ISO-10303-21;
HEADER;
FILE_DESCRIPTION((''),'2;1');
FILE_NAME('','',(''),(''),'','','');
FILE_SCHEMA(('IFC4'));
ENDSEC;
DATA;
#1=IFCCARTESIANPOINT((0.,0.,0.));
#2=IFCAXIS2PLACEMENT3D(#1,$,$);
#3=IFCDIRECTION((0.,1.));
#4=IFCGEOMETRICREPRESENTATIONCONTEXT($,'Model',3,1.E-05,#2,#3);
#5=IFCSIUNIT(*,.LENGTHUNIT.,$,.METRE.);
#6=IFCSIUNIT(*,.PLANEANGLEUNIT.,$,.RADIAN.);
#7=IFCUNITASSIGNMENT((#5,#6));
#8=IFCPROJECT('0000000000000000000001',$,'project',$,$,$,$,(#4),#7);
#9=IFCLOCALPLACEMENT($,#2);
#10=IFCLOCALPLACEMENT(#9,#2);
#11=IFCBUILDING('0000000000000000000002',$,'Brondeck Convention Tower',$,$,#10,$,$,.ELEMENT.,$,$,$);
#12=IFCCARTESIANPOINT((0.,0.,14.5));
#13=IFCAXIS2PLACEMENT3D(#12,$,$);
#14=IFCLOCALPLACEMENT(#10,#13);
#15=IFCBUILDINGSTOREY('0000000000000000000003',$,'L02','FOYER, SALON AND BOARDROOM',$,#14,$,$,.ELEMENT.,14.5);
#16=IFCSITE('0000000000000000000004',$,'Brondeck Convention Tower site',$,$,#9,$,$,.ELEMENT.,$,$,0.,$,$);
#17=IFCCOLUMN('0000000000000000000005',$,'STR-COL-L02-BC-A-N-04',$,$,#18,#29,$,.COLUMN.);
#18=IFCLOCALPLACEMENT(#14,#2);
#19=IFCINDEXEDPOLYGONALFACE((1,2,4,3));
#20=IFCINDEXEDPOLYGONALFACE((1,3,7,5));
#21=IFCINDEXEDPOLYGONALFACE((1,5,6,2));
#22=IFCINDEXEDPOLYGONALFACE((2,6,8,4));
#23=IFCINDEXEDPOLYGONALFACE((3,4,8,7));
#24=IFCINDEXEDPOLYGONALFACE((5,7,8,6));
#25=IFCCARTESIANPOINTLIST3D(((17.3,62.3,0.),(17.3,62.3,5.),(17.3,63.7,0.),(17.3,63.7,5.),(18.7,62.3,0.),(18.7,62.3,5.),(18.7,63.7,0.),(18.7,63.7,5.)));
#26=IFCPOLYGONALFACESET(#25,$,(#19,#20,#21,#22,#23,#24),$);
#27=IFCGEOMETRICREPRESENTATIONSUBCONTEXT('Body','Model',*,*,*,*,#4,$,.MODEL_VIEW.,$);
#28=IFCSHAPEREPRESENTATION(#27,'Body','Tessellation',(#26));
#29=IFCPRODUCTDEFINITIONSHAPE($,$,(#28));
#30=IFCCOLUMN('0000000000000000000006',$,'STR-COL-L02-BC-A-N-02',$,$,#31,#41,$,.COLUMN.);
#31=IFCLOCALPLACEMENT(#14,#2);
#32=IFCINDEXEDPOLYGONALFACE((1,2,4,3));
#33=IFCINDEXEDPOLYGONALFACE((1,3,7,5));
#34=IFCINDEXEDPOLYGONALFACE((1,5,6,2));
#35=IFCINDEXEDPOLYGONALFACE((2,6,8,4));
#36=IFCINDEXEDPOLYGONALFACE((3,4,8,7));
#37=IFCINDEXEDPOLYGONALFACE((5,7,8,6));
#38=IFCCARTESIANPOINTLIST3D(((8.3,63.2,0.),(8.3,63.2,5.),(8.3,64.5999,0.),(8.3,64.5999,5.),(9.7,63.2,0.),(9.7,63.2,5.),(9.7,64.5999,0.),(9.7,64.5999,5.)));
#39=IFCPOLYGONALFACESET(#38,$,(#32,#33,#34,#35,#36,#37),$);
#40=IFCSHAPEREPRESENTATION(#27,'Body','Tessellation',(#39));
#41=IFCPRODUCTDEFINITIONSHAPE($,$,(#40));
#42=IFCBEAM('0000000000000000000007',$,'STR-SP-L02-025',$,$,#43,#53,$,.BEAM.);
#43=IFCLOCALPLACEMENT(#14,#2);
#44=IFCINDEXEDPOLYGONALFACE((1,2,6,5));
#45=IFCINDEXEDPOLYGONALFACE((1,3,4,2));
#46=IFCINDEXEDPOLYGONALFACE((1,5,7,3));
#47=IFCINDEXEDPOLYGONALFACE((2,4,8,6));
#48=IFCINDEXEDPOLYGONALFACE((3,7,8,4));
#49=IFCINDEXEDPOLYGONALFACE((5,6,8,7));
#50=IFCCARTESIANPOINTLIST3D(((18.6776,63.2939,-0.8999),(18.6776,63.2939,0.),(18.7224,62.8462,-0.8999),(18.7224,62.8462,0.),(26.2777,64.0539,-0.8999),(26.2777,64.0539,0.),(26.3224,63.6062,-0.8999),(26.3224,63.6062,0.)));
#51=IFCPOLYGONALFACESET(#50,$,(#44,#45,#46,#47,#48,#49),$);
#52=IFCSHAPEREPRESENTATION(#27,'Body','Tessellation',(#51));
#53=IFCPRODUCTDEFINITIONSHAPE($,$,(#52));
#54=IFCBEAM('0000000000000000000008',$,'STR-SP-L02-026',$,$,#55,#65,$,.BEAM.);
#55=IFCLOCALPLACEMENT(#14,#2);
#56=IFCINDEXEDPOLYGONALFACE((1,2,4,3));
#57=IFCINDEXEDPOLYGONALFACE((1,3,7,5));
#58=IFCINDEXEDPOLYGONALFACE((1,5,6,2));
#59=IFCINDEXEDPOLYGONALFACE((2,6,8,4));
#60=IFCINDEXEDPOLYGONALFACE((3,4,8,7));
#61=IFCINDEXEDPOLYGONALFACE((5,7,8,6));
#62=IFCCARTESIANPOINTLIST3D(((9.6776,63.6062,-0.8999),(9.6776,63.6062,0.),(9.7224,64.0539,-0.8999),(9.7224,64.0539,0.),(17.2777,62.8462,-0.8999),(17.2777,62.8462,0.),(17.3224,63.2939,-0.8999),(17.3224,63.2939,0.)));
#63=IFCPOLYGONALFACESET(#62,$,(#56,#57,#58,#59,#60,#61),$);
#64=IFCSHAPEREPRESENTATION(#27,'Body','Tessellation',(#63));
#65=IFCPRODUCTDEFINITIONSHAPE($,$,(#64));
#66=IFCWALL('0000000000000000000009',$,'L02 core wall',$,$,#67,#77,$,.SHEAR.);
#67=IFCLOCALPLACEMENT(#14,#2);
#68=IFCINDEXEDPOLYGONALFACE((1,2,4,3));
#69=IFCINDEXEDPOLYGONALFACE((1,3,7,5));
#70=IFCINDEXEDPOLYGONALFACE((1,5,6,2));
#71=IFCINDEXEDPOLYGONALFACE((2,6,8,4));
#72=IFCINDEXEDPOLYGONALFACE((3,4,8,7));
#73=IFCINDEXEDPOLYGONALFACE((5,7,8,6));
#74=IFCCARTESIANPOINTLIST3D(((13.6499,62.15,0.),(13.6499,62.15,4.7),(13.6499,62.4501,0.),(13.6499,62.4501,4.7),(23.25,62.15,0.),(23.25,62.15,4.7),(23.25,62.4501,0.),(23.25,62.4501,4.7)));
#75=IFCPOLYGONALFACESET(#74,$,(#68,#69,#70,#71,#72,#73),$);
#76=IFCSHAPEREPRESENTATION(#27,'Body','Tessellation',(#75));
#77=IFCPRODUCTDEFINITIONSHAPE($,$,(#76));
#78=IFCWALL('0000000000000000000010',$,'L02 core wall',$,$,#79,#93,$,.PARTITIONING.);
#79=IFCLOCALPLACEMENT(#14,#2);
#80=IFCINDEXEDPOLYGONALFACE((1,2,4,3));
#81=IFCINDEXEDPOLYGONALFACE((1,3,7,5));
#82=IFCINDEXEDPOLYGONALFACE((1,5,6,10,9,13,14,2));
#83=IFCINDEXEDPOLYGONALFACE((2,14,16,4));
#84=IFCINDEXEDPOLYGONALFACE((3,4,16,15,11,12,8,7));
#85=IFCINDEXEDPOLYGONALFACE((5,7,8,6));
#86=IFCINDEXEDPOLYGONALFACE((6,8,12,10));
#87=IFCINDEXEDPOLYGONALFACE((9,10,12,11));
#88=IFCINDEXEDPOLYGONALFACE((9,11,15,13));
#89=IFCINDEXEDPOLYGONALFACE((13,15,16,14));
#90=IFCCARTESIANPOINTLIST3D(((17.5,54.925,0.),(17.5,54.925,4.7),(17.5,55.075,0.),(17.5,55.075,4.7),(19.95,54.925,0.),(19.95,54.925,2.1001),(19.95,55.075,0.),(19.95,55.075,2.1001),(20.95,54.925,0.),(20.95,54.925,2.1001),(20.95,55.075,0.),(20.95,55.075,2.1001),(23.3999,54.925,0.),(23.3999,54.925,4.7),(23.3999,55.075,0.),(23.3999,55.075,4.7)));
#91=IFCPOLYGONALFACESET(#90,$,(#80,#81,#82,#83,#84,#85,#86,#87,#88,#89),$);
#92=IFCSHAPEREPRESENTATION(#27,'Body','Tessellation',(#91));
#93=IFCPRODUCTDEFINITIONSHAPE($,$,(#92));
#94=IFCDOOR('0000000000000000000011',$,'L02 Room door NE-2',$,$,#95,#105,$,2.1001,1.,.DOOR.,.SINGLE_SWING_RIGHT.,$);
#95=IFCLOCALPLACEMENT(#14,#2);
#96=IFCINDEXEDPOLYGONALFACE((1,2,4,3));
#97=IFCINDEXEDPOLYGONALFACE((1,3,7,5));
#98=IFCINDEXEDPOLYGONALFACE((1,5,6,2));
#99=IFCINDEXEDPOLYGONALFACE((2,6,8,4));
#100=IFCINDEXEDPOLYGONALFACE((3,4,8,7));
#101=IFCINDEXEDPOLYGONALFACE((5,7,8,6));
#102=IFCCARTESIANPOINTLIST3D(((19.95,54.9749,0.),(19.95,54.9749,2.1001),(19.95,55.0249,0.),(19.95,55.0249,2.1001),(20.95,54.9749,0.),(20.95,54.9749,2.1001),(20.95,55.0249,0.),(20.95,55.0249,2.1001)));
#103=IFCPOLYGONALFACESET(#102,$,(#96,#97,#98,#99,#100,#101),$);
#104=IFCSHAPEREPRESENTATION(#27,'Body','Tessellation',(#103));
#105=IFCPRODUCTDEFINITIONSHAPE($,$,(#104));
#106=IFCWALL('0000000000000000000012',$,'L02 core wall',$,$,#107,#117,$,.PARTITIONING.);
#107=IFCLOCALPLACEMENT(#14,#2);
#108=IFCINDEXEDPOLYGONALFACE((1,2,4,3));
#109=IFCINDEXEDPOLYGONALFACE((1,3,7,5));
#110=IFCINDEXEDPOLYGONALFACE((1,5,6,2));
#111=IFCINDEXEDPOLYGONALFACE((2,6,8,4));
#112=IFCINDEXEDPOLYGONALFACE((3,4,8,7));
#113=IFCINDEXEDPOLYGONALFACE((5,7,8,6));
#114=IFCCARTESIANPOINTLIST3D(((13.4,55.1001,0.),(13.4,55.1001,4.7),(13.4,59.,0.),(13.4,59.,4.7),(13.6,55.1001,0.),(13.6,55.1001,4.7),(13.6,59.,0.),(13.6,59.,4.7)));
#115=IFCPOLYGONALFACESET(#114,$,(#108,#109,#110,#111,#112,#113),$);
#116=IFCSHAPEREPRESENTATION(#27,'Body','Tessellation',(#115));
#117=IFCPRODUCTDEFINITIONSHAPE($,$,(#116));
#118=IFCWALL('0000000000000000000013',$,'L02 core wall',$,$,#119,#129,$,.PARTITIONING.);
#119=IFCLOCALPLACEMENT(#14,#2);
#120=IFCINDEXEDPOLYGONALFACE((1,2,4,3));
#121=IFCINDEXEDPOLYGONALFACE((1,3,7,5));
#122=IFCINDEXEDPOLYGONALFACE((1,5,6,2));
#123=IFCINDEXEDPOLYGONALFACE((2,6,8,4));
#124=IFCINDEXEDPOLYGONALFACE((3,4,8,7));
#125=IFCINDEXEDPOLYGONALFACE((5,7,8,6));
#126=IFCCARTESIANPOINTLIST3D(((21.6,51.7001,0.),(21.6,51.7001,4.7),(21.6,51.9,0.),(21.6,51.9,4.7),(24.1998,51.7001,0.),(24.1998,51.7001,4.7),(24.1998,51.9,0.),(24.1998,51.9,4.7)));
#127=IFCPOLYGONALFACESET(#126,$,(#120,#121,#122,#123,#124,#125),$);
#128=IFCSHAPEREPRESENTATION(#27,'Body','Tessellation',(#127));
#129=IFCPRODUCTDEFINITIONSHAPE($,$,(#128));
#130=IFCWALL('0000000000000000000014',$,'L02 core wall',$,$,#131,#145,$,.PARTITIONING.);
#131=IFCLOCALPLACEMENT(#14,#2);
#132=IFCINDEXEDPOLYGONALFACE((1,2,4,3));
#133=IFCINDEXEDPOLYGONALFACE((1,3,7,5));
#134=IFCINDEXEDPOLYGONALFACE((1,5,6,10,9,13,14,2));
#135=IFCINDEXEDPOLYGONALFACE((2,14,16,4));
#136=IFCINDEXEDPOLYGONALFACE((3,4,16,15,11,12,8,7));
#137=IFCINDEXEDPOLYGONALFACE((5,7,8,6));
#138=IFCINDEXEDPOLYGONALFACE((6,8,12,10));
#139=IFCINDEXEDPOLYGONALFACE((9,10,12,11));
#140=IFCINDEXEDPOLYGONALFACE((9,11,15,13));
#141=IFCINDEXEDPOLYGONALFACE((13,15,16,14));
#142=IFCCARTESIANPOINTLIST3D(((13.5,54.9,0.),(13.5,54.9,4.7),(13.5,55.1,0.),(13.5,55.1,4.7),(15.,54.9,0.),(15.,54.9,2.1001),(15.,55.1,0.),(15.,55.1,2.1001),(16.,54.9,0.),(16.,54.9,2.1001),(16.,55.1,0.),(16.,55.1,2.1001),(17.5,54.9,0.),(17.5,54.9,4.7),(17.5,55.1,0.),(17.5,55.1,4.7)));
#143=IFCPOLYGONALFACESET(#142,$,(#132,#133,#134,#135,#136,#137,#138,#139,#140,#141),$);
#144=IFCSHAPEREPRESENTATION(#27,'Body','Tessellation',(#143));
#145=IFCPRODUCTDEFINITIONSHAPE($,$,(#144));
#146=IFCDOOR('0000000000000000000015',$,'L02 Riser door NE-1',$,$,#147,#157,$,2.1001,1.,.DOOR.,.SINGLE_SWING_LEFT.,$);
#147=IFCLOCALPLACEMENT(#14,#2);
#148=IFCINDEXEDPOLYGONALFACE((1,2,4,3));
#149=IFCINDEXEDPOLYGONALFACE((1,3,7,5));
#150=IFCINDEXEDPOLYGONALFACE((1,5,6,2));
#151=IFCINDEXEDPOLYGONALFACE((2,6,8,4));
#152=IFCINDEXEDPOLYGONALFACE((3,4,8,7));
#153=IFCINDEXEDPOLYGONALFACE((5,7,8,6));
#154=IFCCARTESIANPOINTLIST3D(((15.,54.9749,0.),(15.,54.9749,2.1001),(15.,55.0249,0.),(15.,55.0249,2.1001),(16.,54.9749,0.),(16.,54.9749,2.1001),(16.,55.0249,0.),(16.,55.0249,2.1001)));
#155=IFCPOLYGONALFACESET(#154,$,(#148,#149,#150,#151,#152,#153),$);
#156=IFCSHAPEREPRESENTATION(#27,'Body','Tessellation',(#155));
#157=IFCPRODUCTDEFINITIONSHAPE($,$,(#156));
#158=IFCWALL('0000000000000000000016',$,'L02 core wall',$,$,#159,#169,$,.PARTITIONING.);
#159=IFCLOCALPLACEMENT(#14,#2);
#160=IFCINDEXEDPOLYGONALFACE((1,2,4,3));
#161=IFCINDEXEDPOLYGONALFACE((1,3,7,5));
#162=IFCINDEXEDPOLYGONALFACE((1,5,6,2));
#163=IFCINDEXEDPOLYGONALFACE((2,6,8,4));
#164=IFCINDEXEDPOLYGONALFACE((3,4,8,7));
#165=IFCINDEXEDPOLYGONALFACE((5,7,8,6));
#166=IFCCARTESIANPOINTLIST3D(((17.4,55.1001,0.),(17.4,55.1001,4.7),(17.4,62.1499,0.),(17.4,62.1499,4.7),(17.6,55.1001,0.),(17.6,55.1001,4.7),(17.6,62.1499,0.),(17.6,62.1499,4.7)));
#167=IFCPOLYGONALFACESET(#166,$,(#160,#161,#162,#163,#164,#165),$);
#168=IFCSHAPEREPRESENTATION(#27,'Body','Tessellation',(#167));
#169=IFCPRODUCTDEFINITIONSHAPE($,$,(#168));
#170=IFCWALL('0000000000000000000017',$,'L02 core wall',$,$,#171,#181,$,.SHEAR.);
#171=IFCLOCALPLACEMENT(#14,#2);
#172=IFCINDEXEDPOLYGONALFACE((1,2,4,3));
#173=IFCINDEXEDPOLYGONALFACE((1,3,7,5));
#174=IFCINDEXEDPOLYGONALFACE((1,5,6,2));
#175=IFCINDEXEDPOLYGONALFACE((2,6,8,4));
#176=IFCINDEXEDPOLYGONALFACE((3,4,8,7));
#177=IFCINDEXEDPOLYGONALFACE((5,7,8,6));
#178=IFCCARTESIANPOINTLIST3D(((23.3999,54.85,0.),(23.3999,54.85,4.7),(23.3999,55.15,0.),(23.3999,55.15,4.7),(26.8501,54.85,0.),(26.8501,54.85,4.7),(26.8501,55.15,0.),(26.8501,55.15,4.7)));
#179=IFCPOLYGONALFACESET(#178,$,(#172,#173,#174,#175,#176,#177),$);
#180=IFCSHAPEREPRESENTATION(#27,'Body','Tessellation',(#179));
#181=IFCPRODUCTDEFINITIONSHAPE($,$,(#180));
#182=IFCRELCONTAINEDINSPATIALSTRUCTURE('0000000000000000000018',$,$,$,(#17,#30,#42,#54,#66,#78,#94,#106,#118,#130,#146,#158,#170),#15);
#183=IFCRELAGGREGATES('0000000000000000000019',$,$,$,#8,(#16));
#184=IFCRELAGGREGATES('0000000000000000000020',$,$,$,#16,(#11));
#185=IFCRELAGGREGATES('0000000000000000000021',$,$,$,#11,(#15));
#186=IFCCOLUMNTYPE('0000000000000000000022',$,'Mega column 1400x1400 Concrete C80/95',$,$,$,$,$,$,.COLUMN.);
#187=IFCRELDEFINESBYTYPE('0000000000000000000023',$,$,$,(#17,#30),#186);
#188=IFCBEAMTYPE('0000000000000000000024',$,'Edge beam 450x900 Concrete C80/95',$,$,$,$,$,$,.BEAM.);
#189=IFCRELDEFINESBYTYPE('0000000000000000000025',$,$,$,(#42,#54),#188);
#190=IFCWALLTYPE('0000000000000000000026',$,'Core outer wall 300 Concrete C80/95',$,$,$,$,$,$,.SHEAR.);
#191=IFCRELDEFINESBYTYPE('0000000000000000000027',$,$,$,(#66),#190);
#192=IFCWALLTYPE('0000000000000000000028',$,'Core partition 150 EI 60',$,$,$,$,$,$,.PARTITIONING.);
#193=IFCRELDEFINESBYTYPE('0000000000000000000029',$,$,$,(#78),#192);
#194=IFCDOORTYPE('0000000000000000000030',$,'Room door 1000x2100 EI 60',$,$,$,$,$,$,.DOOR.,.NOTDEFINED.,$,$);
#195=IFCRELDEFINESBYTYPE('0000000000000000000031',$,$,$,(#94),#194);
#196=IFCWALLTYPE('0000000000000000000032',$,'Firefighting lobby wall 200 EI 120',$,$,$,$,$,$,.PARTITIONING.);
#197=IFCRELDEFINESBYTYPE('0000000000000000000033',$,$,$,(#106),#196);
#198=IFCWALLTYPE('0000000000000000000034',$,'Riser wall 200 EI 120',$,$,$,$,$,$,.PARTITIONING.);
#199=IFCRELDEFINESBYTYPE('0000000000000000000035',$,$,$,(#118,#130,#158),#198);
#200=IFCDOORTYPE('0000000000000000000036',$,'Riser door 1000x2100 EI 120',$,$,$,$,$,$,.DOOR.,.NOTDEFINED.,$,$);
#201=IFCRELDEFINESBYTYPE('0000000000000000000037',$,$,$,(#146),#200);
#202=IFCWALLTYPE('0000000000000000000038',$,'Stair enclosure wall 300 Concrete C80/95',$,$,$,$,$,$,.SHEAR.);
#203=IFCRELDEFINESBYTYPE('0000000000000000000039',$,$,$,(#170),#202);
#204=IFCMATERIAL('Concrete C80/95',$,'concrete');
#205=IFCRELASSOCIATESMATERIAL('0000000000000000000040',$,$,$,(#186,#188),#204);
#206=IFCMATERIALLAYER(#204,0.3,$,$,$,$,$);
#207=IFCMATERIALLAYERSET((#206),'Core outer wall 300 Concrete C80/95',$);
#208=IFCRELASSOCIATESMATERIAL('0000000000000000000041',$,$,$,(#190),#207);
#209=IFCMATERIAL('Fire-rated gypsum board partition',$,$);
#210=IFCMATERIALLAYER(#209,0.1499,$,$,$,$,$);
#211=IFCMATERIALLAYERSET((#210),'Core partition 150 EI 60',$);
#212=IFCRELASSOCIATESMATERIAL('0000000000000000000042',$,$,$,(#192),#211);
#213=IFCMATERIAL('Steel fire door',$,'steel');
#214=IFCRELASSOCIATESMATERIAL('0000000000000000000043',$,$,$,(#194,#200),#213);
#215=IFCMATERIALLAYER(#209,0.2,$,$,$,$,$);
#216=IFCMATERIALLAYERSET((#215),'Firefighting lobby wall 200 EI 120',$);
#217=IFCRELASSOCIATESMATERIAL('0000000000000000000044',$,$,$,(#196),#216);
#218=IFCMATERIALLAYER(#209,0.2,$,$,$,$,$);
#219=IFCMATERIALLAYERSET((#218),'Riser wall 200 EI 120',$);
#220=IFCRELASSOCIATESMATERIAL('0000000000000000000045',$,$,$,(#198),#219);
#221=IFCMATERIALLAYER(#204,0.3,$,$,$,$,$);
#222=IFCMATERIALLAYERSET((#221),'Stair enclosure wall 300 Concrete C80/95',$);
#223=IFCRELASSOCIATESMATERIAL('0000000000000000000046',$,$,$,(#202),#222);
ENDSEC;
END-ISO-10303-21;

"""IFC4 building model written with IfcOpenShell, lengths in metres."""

from ifc_helpers import new_model, si_unit, direction, frame, frame_2d, origin, origin_2d, place, context, subcontext, project, spatial, rectangle, extrude, material, layer, layer_set, material_profile, profile_set, type_object, element, fill, save


model = new_model("IFC4")

# Units and contexts
model_context = context("Model", 3, precision=1e-05, world=origin(), true_north=direction((0.0, 1.0)))
body_context = subcontext(model_context, "Body", "Model", "MODEL_VIEW")
ifc_project = project(units=[si_unit("LENGTHUNIT", "METRE"), si_unit("PLANEANGLEUNIT", "RADIAN")], contexts=[model_context])

# Site, building, storey
site_placement = place(None, origin())
site = spatial("IfcSite", under=ifc_project, at=site_placement, Name="Brondeck Convention Tower site", CompositionType="ELEMENT", RefElevation=0.0)
building_placement = place(site_placement, origin())
building = spatial("IfcBuilding", under=site, at=building_placement, Name="Brondeck Convention Tower", CompositionType="ELEMENT")
storey_placement = place(building_placement, frame((0.0, 0.0, 14.5)))
storey = spatial("IfcBuildingStorey", under=building, at=storey_placement, Name="L02", Description="FOYER, SALON AND BOARDROOM", CompositionType="ELEMENT", Elevation=14.5)

# Columns
ifc_material_1 = material(Name="Concrete C80/95", Category="concrete")
ifc_material_profile_1 = material_profile(ifc_material_1, rectangle(XDim=1.3999, YDim=1.3999, at=origin_2d()), Name="Mega column 1400x1400 Concrete C80/95")
ifc_profile_set_1 = profile_set([ifc_material_profile_1], Name="Concrete C80/95")
column_type = type_object("IfcColumnType", Name="Mega column 1400x1400 Concrete C80/95", PredefinedType="COLUMN", material=ifc_profile_set_1)
for number, where, z_axis, x_axis, name in (
    (1, (18.0, 63.0, 0.0), (0.0, 0.0, 1.0), (1.0, 0.0, 0.0), "STR-COL-L02-BC-A-N-04"),
    (2, (9.0, 63.8999, 0.0), (0.0, 0.0, 1.0), (1.0, 0.0, 0.0), "STR-COL-L02-BC-A-N-02"),
):
    element("IfcColumn", number, at=place(storey_placement, frame(where, z_axis=z_axis, x_axis=x_axis)), inside=storey, type_object=column_type, Name=name, PredefinedType="COLUMN", context=body_context, shape_type="SweptSolid", body=[
        extrude(rectangle(XDim=1.3999, YDim=1.3999, at=origin_2d()), origin(), (0.0, 0.0, 1.0), 5.0),
    ])

# Beams
ifc_material_profile_2 = material_profile(ifc_material_1, rectangle(XDim=0.45, YDim=0.8999, at=origin_2d()), Name="Edge beam 450x900 Concrete C80/95")
ifc_profile_set_2 = profile_set([ifc_material_profile_2], Name="Concrete C80/95")
beam_type = type_object("IfcBeamType", Name="Edge beam 450x900 Concrete C80/95", PredefinedType="BEAM", material=ifc_profile_set_2)
for number, where, z_axis, x_axis, name in (
    (3, (26.3, 63.8301, -0.45), (-0.995037, -0.099504, 0.0), (0.099504, -0.995037, 0.0), "STR-SP-L02-025"),
    (4, (17.3, 63.0701, -0.45), (-0.995037, 0.099504, 0.0), (-0.099504, -0.995037, 0.0), "STR-SP-L02-026"),
):
    element("IfcBeam", number, at=place(storey_placement, frame(where, z_axis=z_axis, x_axis=x_axis)), inside=storey, type_object=beam_type, Name=name, PredefinedType="BEAM", context=body_context, shape_type="SweptSolid", body=[
        extrude(rectangle(XDim=0.45, YDim=0.8999, at=origin_2d()), origin(), (0.0, 0.0, 1.0), 7.6379),
    ])

# Wall
ifc_layer_1 = layer(ifc_material_1, 0.3)
ifc_layer_set_1 = layer_set([ifc_layer_1], Name="Core outer wall 300 Concrete C80/95")
wall_type_1 = type_object("IfcWallType", Name="Core outer wall 300 Concrete C80/95", PredefinedType="SHEAR", material=ifc_layer_set_1)
wall_1_placement = place(storey_placement, frame((13.6499, 62.3, 0.0), z_axis=(0.0, 0.0, 1.0), x_axis=(1.0, 0.0, 0.0)))
element("IfcWall", 5, at=wall_1_placement, inside=storey, type_object=wall_type_1, Name="L02 core wall", PredefinedType="SHEAR", context=body_context, shape_type="SweptSolid", body=[
    extrude(rectangle(XDim=9.6001, YDim=0.3, at=frame_2d((4.8, 0.0))), origin(), (0.0, 0.0, 1.0), 4.7),
])

# Wall, opening, door
ifc_material_2 = material(Name="Fire-rated gypsum board partition")
ifc_layer_2 = layer(ifc_material_2, 0.1499)
ifc_layer_set_2 = layer_set([ifc_layer_2], Name="Core partition 150 EI 60")
wall_type_2 = type_object("IfcWallType", Name="Core partition 150 EI 60", PredefinedType="PARTITIONING", material=ifc_layer_set_2)
wall_2_placement = place(storey_placement, frame((17.5, 55.0, 0.0), z_axis=(0.0, 0.0, 1.0), x_axis=(1.0, 0.0, 0.0)))
wall_2 = element("IfcWall", 6, at=wall_2_placement, inside=storey, type_object=wall_type_2, Name="L02 core wall", PredefinedType="PARTITIONING", context=body_context, shape_type="SweptSolid", body=[
    extrude(rectangle(XDim=5.8999, YDim=0.1499, at=frame_2d((2.95, 0.0))), origin(), (0.0, 0.0, 1.0), 4.7),
])
opening_1_placement = place(wall_2_placement, frame((2.45, 0.0, 0.0)))
opening_1 = element("IfcOpeningElement", 7, at=opening_1_placement, cuts=wall_2, PredefinedType="OPENING", context=body_context, shape_type="SweptSolid", body=[
    extrude(rectangle(XDim=1.0, YDim=2.1001, at=frame_2d((0.5, 1.05))), frame((0.0, 0.085, 0.0), z_axis=(0.0, -1.0, 0.0), x_axis=(1.0, 0.0, 0.0)), (0.0, 0.0, 1.0), 0.1699),
])
ifc_material_3 = material(Name="Steel fire door", Category="steel")
door_type_1 = type_object("IfcDoorType", Name="Room door 1000x2100 EI 60", OperationType="NOTDEFINED", PredefinedType="DOOR", material=ifc_material_3)
door_1_placement = place(opening_1_placement, origin())
door_1 = element("IfcDoor", 8, at=door_1_placement, inside=storey, type_object=door_type_1, Name="L02 Room door NE-2", OperationType="SINGLE_SWING_RIGHT", OverallHeight=2.1001, OverallWidth=1.0, PredefinedType="DOOR", context=body_context, shape_type="SweptSolid", body=[
    extrude(rectangle(XDim=1.0, YDim=2.1001, at=frame_2d((0.5, 1.05))), frame((0.0, 0.0249, 0.0), z_axis=(0.0, -1.0, 0.0), x_axis=(1.0, 0.0, 0.0)), (0.0, 0.0, 1.0), 0.05),
])
fill(opening_1, door_1)

# Walls
ifc_layer_3 = layer(ifc_material_2, 0.2)
ifc_layer_set_3 = layer_set([ifc_layer_3], Name="Firefighting lobby wall 200 EI 120")
wall_type_3 = type_object("IfcWallType", Name="Firefighting lobby wall 200 EI 120", PredefinedType="PARTITIONING", material=ifc_layer_set_3)
wall_3_placement = place(storey_placement, frame((13.5, 55.1001, 0.0), z_axis=(0.0, 0.0, 1.0), x_axis=(0.0, 1.0, 0.0)))
element("IfcWall", 9, at=wall_3_placement, inside=storey, type_object=wall_type_3, Name="L02 core wall", PredefinedType="PARTITIONING", context=body_context, shape_type="SweptSolid", body=[
    extrude(rectangle(XDim=3.8999, YDim=0.2, at=frame_2d((1.95, 0.0))), origin(), (0.0, 0.0, 1.0), 4.7),
])
ifc_layer_4 = layer(ifc_material_2, 0.2)
ifc_layer_set_4 = layer_set([ifc_layer_4], Name="Riser wall 200 EI 120")
wall_type_4 = type_object("IfcWallType", Name="Riser wall 200 EI 120", PredefinedType="PARTITIONING", material=ifc_layer_set_4)
wall_4_placement = place(storey_placement, frame((21.6001, 51.8, 0.0), z_axis=(0.0, 0.0, 1.0), x_axis=(1.0, 0.0, 0.0)))
element("IfcWall", 10, at=wall_4_placement, inside=storey, type_object=wall_type_4, Name="L02 core wall", PredefinedType="PARTITIONING", context=body_context, shape_type="SweptSolid", body=[
    extrude(rectangle(XDim=2.5999, YDim=0.2, at=frame_2d((1.2998, 0.0))), origin(), (0.0, 0.0, 1.0), 4.7),
])

# Wall, opening, door
wall_5_placement = place(storey_placement, frame((13.5, 55.0, 0.0), z_axis=(0.0, 0.0, 1.0), x_axis=(1.0, 0.0, 0.0)))
wall_5 = element("IfcWall", 11, at=wall_5_placement, inside=storey, type_object=wall_type_4, Name="L02 core wall", PredefinedType="PARTITIONING", context=body_context, shape_type="SweptSolid", body=[
    extrude(rectangle(XDim=4.0, YDim=0.2, at=frame_2d((2.0, 0.0))), origin(), (0.0, 0.0, 1.0), 4.7),
])
opening_2_placement = place(wall_5_placement, frame((1.5, 0.0, 0.0)))
opening_2 = element("IfcOpeningElement", 12, at=opening_2_placement, cuts=wall_5, PredefinedType="OPENING", context=body_context, shape_type="SweptSolid", body=[
    extrude(rectangle(XDim=1.0, YDim=2.1001, at=frame_2d((0.5, 1.05))), frame((0.0, 0.1099, 0.0), z_axis=(0.0, -1.0, 0.0), x_axis=(1.0, 0.0, 0.0)), (0.0, 0.0, 1.0), 0.22),
])
door_type_2 = type_object("IfcDoorType", Name="Riser door 1000x2100 EI 120", OperationType="NOTDEFINED", PredefinedType="DOOR", material=ifc_material_3)
door_2_placement = place(opening_2_placement, origin())
door_2 = element("IfcDoor", 13, at=door_2_placement, inside=storey, type_object=door_type_2, Name="L02 Riser door NE-1", OperationType="SINGLE_SWING_LEFT", OverallHeight=2.1001, OverallWidth=1.0, PredefinedType="DOOR", context=body_context, shape_type="SweptSolid", body=[
    extrude(rectangle(XDim=1.0, YDim=2.1001, at=frame_2d((0.5, 1.05))), frame((0.0, 0.0249, 0.0), z_axis=(0.0, -1.0, 0.0), x_axis=(1.0, 0.0, 0.0)), (0.0, 0.0, 1.0), 0.05),
])
fill(opening_2, door_2)

# Walls
wall_6_placement = place(storey_placement, frame((17.5, 55.1001, 0.0), z_axis=(0.0, 0.0, 1.0), x_axis=(0.0, 1.0, 0.0)))
element("IfcWall", 14, at=wall_6_placement, inside=storey, type_object=wall_type_4, Name="L02 core wall", PredefinedType="PARTITIONING", context=body_context, shape_type="SweptSolid", body=[
    extrude(rectangle(XDim=7.0498, YDim=0.2, at=frame_2d((3.5249, 0.0))), origin(), (0.0, 0.0, 1.0), 4.7),
])
ifc_layer_5 = layer(ifc_material_1, 0.3)
ifc_layer_set_5 = layer_set([ifc_layer_5], Name="Stair enclosure wall 300 Concrete C80/95")
wall_type_5 = type_object("IfcWallType", Name="Stair enclosure wall 300 Concrete C80/95", PredefinedType="SHEAR", material=ifc_layer_set_5)
wall_7_placement = place(storey_placement, frame((23.3999, 55.0, 0.0), z_axis=(0.0, 0.0, 1.0), x_axis=(1.0, 0.0, 0.0)))
element("IfcWall", 15, at=wall_7_placement, inside=storey, type_object=wall_type_5, Name="L02 core wall", PredefinedType="SHEAR", context=body_context, shape_type="SweptSolid", body=[
    extrude(rectangle(XDim=3.4502, YDim=0.3, at=frame_2d((1.7251, 0.0))), origin(), (0.0, 0.0, 1.0), 4.7),
])

save(model, "model.ifc")
